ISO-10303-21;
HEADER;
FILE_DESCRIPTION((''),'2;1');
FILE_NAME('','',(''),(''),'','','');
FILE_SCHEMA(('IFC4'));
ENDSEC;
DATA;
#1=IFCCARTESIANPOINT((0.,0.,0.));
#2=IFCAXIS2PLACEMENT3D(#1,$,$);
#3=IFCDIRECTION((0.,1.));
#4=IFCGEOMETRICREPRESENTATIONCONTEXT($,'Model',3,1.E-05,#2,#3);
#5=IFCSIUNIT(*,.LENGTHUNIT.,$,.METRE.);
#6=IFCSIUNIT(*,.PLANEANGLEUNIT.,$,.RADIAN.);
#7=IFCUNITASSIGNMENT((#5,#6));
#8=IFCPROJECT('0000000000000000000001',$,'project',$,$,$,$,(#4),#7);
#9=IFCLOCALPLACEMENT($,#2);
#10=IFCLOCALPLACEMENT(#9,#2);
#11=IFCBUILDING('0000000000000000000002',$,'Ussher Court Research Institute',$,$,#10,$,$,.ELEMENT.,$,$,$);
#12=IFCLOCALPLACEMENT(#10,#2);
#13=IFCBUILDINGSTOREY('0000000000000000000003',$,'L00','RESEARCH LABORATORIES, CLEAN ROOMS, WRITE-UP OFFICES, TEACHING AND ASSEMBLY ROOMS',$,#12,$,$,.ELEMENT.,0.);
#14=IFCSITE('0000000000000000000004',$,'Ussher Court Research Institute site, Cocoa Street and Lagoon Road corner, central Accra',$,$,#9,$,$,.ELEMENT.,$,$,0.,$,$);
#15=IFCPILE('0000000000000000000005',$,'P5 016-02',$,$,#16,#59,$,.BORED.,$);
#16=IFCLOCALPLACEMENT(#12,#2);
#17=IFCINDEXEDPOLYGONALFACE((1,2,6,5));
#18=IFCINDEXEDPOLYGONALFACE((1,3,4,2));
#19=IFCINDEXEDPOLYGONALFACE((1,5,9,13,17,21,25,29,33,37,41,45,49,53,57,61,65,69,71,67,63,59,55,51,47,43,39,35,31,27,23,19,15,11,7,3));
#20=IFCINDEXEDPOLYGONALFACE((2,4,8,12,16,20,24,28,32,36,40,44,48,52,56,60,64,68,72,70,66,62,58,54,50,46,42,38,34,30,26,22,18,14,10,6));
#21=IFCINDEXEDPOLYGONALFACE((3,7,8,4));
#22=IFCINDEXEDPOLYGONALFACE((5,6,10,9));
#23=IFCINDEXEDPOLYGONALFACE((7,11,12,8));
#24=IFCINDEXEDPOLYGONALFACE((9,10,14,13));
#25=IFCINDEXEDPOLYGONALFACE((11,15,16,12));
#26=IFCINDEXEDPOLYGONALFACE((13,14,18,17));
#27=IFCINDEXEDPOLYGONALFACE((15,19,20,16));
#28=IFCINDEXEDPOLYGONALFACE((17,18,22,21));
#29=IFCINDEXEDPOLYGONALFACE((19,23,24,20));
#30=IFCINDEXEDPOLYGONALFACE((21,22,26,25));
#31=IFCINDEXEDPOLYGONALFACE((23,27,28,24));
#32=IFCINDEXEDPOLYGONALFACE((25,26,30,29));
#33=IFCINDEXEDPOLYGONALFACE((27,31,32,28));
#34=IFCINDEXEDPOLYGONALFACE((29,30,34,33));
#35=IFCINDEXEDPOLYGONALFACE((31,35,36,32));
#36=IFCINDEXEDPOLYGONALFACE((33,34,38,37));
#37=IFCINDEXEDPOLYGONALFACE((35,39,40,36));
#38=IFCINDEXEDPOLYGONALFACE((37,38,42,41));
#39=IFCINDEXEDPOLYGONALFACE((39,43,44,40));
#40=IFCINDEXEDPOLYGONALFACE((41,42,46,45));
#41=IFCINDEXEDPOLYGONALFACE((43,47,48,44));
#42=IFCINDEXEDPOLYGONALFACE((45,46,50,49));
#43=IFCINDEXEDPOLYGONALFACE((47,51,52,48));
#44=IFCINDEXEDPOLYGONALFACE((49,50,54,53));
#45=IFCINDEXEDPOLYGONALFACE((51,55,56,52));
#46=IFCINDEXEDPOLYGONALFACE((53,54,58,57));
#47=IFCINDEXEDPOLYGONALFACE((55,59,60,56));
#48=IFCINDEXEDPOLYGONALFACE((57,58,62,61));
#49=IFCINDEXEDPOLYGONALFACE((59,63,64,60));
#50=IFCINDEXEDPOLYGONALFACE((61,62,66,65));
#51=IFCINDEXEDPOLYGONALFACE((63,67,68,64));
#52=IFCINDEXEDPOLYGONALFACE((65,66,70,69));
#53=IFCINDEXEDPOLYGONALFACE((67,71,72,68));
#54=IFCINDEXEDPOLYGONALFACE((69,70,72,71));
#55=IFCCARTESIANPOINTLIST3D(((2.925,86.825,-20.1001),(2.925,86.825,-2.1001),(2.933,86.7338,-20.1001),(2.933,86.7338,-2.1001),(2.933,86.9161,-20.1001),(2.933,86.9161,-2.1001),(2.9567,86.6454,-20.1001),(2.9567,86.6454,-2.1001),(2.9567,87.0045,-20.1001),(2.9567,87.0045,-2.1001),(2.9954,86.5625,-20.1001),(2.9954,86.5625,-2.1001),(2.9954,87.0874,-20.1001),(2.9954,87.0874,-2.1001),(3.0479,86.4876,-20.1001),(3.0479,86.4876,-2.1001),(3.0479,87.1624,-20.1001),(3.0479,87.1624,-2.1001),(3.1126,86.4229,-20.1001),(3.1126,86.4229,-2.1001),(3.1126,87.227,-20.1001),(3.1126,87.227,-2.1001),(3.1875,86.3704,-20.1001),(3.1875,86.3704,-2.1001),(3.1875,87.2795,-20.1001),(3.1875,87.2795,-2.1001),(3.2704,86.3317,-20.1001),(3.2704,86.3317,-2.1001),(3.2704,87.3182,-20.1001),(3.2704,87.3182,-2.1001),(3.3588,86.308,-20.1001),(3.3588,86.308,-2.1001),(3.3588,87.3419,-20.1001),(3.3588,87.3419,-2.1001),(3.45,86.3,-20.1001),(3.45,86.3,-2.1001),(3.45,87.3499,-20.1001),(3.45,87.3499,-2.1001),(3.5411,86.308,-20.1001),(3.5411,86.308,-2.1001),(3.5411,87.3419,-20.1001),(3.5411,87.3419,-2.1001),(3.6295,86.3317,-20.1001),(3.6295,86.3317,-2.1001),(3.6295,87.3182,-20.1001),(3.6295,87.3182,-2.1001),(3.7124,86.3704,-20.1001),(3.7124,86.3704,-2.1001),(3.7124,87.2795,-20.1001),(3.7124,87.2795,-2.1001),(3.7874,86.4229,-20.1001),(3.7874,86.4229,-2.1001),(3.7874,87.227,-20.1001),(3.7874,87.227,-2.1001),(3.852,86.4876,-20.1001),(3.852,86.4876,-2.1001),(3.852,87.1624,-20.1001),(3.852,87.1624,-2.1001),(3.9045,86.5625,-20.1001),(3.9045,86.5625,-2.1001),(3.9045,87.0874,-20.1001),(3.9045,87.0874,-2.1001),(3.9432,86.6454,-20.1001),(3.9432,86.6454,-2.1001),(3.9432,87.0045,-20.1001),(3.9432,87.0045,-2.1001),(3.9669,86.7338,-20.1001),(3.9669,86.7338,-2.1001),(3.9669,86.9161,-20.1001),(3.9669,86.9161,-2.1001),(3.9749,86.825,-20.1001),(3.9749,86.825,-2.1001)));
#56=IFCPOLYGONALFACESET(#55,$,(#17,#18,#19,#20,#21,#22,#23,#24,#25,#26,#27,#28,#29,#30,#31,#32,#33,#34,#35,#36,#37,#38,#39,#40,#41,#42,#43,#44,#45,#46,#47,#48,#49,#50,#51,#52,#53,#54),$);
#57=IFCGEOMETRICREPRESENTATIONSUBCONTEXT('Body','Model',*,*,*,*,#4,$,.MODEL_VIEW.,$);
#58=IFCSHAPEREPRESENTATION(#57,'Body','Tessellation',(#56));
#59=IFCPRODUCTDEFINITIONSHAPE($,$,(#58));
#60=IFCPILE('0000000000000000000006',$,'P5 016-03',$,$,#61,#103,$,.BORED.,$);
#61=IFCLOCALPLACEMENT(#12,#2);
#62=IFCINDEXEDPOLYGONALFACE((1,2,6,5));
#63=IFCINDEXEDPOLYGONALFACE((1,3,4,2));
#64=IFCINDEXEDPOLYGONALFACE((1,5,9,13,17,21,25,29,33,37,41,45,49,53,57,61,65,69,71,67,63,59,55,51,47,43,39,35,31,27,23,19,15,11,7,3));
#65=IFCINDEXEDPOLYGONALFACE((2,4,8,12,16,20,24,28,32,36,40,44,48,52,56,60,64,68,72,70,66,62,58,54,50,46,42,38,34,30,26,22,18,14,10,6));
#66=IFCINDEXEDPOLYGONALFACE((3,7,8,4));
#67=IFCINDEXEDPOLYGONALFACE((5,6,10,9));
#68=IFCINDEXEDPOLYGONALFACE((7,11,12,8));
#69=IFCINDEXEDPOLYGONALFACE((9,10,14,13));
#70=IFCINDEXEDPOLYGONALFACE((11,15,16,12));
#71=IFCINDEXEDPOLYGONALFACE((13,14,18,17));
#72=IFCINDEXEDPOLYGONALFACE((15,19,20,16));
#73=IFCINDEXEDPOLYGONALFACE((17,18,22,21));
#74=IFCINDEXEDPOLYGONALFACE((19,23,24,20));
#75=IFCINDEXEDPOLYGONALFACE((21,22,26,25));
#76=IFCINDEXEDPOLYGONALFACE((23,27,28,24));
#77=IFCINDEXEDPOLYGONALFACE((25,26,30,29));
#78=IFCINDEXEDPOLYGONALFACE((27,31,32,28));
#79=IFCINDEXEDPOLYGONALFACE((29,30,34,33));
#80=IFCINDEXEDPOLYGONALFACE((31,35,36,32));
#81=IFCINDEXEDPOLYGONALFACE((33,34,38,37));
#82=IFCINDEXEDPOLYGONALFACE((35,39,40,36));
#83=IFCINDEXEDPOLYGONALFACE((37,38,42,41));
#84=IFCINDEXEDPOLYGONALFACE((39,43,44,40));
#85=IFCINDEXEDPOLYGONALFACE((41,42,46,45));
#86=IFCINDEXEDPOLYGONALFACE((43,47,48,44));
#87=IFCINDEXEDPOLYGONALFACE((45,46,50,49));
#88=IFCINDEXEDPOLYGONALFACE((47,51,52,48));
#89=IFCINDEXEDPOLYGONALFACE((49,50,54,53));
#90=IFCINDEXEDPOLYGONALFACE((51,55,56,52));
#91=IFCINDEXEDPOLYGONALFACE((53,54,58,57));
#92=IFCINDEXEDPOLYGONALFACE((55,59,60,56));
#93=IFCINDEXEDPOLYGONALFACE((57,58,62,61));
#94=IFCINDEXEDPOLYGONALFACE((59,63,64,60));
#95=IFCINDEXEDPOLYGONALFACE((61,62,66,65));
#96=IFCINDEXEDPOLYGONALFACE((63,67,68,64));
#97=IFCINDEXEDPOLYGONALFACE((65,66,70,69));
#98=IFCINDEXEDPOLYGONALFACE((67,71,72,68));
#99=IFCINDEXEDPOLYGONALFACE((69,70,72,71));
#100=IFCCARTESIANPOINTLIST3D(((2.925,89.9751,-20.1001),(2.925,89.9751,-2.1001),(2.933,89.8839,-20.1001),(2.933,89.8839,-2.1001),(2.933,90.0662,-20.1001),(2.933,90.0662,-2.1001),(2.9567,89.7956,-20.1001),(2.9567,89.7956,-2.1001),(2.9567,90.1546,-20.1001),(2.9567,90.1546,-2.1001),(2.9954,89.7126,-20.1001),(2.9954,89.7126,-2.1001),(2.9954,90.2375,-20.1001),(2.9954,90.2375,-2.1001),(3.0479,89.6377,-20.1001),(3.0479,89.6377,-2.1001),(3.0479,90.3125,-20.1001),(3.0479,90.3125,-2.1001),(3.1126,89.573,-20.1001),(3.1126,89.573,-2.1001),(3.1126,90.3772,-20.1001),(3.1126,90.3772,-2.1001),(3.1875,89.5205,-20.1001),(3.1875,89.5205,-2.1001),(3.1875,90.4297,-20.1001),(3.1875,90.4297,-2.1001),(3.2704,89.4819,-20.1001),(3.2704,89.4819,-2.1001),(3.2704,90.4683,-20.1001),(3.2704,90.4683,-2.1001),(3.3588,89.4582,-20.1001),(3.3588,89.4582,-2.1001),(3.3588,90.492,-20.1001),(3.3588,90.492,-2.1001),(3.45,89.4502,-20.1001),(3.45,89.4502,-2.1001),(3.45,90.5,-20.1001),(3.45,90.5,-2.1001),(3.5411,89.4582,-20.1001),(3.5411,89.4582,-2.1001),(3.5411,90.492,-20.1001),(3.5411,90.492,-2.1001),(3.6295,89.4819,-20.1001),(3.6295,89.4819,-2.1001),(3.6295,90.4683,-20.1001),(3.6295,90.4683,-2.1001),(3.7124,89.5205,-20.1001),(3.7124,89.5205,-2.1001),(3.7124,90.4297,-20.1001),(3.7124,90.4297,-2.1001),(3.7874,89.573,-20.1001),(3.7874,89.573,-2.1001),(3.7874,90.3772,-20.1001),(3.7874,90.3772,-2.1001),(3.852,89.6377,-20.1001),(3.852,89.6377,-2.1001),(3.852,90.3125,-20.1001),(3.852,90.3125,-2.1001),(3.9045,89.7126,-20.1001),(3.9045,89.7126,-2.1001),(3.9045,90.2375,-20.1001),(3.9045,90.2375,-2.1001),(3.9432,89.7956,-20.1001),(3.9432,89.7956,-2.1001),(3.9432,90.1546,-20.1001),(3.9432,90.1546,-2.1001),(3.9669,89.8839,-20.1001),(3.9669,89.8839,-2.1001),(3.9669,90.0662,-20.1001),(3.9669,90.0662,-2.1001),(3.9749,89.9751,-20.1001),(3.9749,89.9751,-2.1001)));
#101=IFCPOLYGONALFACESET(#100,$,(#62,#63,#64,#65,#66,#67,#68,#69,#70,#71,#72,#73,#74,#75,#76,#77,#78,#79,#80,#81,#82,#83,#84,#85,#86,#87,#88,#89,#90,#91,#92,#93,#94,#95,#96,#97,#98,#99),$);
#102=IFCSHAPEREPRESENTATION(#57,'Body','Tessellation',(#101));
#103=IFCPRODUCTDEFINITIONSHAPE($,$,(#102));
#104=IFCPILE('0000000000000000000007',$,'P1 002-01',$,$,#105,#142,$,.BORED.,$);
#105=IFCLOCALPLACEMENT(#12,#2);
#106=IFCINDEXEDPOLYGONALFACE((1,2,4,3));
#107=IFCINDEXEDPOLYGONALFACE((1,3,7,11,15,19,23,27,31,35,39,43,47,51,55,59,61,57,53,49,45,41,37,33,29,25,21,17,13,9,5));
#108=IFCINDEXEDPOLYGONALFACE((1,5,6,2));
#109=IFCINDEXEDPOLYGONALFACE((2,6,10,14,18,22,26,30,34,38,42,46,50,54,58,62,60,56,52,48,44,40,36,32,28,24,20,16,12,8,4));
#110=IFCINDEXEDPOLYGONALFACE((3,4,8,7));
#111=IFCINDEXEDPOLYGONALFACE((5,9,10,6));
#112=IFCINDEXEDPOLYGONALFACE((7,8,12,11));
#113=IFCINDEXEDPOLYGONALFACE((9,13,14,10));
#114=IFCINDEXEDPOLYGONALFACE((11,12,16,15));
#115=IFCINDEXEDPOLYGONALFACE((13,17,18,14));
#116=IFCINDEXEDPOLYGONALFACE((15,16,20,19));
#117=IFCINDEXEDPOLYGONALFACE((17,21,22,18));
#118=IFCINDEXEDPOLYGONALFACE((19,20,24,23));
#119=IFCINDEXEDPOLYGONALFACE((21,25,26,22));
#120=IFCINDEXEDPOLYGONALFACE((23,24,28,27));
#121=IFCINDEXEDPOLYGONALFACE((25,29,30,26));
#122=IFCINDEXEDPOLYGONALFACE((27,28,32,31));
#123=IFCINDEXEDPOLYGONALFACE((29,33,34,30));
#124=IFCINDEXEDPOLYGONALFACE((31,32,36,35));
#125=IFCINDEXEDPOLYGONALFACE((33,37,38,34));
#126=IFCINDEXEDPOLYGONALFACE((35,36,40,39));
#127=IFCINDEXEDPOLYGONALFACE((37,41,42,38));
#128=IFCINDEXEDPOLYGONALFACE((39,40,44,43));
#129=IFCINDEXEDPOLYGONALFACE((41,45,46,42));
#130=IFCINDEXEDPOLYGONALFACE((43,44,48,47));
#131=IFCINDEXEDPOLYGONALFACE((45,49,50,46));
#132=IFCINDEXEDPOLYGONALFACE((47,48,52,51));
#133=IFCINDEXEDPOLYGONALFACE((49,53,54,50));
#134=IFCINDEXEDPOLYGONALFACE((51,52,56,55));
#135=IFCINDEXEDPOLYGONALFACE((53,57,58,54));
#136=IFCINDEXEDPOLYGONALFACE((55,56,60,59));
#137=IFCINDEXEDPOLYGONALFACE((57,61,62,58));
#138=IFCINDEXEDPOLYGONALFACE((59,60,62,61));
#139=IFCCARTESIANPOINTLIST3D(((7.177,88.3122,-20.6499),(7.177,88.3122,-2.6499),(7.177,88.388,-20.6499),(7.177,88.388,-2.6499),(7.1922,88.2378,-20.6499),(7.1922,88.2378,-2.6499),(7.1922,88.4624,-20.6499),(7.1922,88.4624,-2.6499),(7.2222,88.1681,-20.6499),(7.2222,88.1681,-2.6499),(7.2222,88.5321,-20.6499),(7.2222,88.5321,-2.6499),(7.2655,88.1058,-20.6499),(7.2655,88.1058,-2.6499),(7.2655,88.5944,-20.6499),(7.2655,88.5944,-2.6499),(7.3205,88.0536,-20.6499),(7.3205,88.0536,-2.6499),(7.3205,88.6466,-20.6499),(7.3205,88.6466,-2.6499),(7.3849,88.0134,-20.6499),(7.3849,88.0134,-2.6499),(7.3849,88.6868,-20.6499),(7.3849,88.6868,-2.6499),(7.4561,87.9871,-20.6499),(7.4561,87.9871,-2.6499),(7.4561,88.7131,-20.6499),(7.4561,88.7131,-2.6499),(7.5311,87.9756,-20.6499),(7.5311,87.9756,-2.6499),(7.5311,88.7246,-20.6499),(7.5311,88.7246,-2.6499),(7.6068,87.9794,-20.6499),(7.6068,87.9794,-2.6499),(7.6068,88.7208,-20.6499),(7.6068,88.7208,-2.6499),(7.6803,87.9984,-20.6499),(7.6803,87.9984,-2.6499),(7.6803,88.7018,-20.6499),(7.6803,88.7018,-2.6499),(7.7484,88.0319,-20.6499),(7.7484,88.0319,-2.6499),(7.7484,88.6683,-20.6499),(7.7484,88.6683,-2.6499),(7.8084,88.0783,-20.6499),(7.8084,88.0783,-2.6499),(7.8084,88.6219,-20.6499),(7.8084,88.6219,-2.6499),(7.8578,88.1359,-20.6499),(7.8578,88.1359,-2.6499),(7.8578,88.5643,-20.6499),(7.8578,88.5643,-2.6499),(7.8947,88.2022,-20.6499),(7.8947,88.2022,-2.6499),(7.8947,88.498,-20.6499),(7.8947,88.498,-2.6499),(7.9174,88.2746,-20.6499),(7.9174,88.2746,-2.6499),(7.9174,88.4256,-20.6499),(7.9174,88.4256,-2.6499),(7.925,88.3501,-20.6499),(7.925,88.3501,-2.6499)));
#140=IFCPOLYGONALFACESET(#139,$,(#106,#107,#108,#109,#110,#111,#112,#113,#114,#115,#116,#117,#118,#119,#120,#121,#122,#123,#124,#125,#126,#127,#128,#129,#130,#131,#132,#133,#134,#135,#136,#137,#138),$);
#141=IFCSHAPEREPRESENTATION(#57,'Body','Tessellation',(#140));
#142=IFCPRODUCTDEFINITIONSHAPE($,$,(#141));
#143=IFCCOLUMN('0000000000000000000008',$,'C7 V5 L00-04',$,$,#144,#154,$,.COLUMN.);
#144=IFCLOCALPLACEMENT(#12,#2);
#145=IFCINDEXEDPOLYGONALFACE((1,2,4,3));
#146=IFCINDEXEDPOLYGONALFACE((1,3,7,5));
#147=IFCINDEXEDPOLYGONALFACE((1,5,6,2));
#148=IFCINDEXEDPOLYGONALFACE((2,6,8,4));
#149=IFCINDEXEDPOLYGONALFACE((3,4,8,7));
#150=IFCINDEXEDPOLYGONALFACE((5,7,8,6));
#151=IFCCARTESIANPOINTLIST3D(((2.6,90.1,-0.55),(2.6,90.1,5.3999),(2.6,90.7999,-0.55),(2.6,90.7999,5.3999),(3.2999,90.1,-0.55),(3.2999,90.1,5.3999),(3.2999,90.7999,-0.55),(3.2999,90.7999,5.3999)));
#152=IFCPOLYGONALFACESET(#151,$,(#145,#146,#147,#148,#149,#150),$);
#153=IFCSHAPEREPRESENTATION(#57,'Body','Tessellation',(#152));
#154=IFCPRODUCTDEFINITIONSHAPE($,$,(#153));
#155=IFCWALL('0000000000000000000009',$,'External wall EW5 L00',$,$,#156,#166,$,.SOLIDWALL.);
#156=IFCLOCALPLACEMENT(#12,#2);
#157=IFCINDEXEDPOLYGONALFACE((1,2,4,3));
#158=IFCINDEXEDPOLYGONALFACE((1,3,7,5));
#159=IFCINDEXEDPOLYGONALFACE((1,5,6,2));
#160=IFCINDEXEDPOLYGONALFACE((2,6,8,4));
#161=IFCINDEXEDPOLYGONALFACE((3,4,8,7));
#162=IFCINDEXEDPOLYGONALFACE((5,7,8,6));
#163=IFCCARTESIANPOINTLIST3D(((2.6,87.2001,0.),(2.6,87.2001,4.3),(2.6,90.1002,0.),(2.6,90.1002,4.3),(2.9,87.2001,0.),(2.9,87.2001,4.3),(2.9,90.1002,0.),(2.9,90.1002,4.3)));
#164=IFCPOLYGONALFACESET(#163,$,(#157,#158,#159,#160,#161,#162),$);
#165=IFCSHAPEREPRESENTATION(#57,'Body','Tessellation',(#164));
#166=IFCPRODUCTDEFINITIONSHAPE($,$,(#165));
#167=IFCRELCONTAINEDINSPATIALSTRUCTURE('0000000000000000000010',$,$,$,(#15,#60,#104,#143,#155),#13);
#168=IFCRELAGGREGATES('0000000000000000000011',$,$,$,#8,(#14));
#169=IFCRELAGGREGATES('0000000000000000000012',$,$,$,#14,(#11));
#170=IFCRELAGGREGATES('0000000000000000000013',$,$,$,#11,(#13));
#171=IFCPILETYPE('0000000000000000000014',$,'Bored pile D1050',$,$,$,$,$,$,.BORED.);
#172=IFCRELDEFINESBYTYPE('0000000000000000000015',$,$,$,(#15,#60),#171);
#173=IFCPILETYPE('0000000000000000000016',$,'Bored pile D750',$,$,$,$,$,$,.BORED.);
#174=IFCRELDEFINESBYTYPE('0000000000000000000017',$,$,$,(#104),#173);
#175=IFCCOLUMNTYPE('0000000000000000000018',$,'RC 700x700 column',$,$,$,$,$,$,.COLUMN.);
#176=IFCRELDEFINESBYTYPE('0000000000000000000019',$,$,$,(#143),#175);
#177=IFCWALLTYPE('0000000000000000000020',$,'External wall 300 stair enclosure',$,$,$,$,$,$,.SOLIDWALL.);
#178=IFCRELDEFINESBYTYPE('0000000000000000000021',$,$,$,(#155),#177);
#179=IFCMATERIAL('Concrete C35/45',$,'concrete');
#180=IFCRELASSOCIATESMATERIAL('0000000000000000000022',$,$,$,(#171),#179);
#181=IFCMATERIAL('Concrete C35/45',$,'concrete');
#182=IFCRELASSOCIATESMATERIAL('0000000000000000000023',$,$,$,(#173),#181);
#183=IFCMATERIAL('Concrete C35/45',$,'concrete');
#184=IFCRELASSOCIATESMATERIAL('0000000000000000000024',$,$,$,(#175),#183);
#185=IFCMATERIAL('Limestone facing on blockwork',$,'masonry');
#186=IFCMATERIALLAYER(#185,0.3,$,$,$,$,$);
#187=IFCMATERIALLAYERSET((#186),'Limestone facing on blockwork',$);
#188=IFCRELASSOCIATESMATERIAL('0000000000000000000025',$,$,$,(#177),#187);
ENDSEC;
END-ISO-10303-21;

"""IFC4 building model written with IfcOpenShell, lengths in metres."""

from ifc_helpers import new_model, si_unit, direction, frame, frame_2d, origin, origin_2d, place, context, subcontext, project, spatial, rectangle, circle, extrude, material, layer, layer_set, material_profile, profile_set, type_object, element, save


model = new_model("IFC4")

# Units and contexts
model_context = context("Model", 3, precision=1e-05, world=origin(), true_north=direction((0.0, 1.0)))
body_context = subcontext(model_context, "Body", "Model", "MODEL_VIEW")
ifc_project = project(units=[si_unit("LENGTHUNIT", "METRE"), si_unit("PLANEANGLEUNIT", "RADIAN")], contexts=[model_context])

# Site, building, storey
site_placement = place(None, origin())
site = spatial("IfcSite", under=ifc_project, at=site_placement, Name="Ussher Court Research Institute site, Cocoa Street and Lagoon Road corner, central Accra", CompositionType="ELEMENT", RefElevation=0.0)
building_placement = place(site_placement, origin())
building = spatial("IfcBuilding", under=site, at=building_placement, Name="Ussher Court Research Institute", CompositionType="ELEMENT")
storey_placement = place(building_placement, origin())
storey = spatial("IfcBuildingStorey", under=building, at=storey_placement, Name="L00", Description="RESEARCH LABORATORIES, CLEAN ROOMS, WRITE-UP OFFICES, TEACHING AND ASSEMBLY ROOMS", CompositionType="ELEMENT", Elevation=0.0)

# Piles
ifc_material_1 = material(Name="Concrete C35/45", Category="concrete")
ifc_material_profile_1 = material_profile(ifc_material_1, circle(Radius=0.5249, at=origin_2d()), Name="RC D1050")
ifc_profile_set_1 = profile_set([ifc_material_profile_1], Name="Concrete C35/45")
pile_type_1 = type_object("IfcPileType", Name="Bored pile D1050", PredefinedType="BORED", material=ifc_profile_set_1)
for number, where, z_axis, x_axis, name in (
    (1, (3.45, 86.825, -2.1001), (0.0, 0.0, -1.0), (1.0, 0.0, 0.0), "P5 016-02"),
    (2, (3.45, 89.9751, -2.1001), (0.0, 0.0, -1.0), (1.0, 0.0, 0.0), "P5 016-03"),
):
    element("IfcPile", number, at=place(storey_placement, frame(where, z_axis=z_axis, x_axis=x_axis)), inside=storey, type_object=pile_type_1, Name=name, PredefinedType="BORED", context=body_context, shape_type="SweptSolid", body=[
        extrude(circle(Radius=0.5249, at=origin_2d()), origin(), (0.0, 0.0, 1.0), 18.0),
    ])
ifc_material_2 = material(Name="Concrete C35/45", Category="concrete")
ifc_material_profile_2 = material_profile(ifc_material_2, circle(Radius=0.375, at=origin_2d()), Name="RC D750")
ifc_profile_set_2 = profile_set([ifc_material_profile_2], Name="Concrete C35/45")
pile_type_2 = type_object("IfcPileType", Name="Bored pile D750", PredefinedType="BORED", material=ifc_profile_set_2)
pile_placement = place(storey_placement, frame((7.55, 88.3501, -2.6499), z_axis=(0.0, 0.0, -1.0), x_axis=(1.0, 0.0, 0.0)))
element("IfcPile", 3, at=pile_placement, inside=storey, type_object=pile_type_2, Name="P1 002-01", PredefinedType="BORED", context=body_context, shape_type="SweptSolid", body=[
    extrude(circle(Radius=0.375, at=origin_2d()), origin(), (0.0, 0.0, 1.0), 18.0),
])

# Column
ifc_material_3 = material(Name="Concrete C35/45", Category="concrete")
ifc_material_profile_3 = material_profile(ifc_material_3, rectangle(XDim=0.7, YDim=0.7, at=origin_2d()), Name="RC 700x700")
ifc_profile_set_3 = profile_set([ifc_material_profile_3], Name="Concrete C35/45")
column_type = type_object("IfcColumnType", Name="RC 700x700 column", PredefinedType="COLUMN", material=ifc_profile_set_3)
column_placement = place(storey_placement, frame((2.95, 90.45, -0.55), z_axis=(0.0, 0.0, 1.0), x_axis=(1.0, 0.0, 0.0)))
element("IfcColumn", 4, at=column_placement, inside=storey, type_object=column_type, Name="C7 V5 L00-04", PredefinedType="COLUMN", context=body_context, shape_type="SweptSolid", body=[
    extrude(rectangle(XDim=0.7, YDim=0.7, at=origin_2d()), origin(), (0.0, 0.0, 1.0), 5.95),
])

# Wall
ifc_material_4 = material(Name="Limestone facing on blockwork", Category="masonry")
ifc_layer_1 = layer(ifc_material_4, 0.3)
ifc_layer_set_1 = layer_set([ifc_layer_1], Name="Limestone facing on blockwork")
wall_type_1 = type_object("IfcWallType", Name="External wall 300 stair enclosure", PredefinedType="SOLIDWALL", material=ifc_layer_set_1)
wall_1_placement = place(storey_placement, frame((2.75, 87.2, 0.0), z_axis=(0.0, 0.0, 1.0), x_axis=(0.0, 1.0, 0.0)))
element("IfcWall", 5, at=wall_1_placement, inside=storey, type_object=wall_type_1, Name="External wall EW5 L00", PredefinedType="SOLIDWALL", context=body_context, shape_type="SweptSolid", body=[
    extrude(rectangle(XDim=2.9001, YDim=0.3, at=frame_2d((1.4502, 0.0))), origin(), (0.0, 0.0, 1.0), 4.3),
])

save(model, "model.ifc")
